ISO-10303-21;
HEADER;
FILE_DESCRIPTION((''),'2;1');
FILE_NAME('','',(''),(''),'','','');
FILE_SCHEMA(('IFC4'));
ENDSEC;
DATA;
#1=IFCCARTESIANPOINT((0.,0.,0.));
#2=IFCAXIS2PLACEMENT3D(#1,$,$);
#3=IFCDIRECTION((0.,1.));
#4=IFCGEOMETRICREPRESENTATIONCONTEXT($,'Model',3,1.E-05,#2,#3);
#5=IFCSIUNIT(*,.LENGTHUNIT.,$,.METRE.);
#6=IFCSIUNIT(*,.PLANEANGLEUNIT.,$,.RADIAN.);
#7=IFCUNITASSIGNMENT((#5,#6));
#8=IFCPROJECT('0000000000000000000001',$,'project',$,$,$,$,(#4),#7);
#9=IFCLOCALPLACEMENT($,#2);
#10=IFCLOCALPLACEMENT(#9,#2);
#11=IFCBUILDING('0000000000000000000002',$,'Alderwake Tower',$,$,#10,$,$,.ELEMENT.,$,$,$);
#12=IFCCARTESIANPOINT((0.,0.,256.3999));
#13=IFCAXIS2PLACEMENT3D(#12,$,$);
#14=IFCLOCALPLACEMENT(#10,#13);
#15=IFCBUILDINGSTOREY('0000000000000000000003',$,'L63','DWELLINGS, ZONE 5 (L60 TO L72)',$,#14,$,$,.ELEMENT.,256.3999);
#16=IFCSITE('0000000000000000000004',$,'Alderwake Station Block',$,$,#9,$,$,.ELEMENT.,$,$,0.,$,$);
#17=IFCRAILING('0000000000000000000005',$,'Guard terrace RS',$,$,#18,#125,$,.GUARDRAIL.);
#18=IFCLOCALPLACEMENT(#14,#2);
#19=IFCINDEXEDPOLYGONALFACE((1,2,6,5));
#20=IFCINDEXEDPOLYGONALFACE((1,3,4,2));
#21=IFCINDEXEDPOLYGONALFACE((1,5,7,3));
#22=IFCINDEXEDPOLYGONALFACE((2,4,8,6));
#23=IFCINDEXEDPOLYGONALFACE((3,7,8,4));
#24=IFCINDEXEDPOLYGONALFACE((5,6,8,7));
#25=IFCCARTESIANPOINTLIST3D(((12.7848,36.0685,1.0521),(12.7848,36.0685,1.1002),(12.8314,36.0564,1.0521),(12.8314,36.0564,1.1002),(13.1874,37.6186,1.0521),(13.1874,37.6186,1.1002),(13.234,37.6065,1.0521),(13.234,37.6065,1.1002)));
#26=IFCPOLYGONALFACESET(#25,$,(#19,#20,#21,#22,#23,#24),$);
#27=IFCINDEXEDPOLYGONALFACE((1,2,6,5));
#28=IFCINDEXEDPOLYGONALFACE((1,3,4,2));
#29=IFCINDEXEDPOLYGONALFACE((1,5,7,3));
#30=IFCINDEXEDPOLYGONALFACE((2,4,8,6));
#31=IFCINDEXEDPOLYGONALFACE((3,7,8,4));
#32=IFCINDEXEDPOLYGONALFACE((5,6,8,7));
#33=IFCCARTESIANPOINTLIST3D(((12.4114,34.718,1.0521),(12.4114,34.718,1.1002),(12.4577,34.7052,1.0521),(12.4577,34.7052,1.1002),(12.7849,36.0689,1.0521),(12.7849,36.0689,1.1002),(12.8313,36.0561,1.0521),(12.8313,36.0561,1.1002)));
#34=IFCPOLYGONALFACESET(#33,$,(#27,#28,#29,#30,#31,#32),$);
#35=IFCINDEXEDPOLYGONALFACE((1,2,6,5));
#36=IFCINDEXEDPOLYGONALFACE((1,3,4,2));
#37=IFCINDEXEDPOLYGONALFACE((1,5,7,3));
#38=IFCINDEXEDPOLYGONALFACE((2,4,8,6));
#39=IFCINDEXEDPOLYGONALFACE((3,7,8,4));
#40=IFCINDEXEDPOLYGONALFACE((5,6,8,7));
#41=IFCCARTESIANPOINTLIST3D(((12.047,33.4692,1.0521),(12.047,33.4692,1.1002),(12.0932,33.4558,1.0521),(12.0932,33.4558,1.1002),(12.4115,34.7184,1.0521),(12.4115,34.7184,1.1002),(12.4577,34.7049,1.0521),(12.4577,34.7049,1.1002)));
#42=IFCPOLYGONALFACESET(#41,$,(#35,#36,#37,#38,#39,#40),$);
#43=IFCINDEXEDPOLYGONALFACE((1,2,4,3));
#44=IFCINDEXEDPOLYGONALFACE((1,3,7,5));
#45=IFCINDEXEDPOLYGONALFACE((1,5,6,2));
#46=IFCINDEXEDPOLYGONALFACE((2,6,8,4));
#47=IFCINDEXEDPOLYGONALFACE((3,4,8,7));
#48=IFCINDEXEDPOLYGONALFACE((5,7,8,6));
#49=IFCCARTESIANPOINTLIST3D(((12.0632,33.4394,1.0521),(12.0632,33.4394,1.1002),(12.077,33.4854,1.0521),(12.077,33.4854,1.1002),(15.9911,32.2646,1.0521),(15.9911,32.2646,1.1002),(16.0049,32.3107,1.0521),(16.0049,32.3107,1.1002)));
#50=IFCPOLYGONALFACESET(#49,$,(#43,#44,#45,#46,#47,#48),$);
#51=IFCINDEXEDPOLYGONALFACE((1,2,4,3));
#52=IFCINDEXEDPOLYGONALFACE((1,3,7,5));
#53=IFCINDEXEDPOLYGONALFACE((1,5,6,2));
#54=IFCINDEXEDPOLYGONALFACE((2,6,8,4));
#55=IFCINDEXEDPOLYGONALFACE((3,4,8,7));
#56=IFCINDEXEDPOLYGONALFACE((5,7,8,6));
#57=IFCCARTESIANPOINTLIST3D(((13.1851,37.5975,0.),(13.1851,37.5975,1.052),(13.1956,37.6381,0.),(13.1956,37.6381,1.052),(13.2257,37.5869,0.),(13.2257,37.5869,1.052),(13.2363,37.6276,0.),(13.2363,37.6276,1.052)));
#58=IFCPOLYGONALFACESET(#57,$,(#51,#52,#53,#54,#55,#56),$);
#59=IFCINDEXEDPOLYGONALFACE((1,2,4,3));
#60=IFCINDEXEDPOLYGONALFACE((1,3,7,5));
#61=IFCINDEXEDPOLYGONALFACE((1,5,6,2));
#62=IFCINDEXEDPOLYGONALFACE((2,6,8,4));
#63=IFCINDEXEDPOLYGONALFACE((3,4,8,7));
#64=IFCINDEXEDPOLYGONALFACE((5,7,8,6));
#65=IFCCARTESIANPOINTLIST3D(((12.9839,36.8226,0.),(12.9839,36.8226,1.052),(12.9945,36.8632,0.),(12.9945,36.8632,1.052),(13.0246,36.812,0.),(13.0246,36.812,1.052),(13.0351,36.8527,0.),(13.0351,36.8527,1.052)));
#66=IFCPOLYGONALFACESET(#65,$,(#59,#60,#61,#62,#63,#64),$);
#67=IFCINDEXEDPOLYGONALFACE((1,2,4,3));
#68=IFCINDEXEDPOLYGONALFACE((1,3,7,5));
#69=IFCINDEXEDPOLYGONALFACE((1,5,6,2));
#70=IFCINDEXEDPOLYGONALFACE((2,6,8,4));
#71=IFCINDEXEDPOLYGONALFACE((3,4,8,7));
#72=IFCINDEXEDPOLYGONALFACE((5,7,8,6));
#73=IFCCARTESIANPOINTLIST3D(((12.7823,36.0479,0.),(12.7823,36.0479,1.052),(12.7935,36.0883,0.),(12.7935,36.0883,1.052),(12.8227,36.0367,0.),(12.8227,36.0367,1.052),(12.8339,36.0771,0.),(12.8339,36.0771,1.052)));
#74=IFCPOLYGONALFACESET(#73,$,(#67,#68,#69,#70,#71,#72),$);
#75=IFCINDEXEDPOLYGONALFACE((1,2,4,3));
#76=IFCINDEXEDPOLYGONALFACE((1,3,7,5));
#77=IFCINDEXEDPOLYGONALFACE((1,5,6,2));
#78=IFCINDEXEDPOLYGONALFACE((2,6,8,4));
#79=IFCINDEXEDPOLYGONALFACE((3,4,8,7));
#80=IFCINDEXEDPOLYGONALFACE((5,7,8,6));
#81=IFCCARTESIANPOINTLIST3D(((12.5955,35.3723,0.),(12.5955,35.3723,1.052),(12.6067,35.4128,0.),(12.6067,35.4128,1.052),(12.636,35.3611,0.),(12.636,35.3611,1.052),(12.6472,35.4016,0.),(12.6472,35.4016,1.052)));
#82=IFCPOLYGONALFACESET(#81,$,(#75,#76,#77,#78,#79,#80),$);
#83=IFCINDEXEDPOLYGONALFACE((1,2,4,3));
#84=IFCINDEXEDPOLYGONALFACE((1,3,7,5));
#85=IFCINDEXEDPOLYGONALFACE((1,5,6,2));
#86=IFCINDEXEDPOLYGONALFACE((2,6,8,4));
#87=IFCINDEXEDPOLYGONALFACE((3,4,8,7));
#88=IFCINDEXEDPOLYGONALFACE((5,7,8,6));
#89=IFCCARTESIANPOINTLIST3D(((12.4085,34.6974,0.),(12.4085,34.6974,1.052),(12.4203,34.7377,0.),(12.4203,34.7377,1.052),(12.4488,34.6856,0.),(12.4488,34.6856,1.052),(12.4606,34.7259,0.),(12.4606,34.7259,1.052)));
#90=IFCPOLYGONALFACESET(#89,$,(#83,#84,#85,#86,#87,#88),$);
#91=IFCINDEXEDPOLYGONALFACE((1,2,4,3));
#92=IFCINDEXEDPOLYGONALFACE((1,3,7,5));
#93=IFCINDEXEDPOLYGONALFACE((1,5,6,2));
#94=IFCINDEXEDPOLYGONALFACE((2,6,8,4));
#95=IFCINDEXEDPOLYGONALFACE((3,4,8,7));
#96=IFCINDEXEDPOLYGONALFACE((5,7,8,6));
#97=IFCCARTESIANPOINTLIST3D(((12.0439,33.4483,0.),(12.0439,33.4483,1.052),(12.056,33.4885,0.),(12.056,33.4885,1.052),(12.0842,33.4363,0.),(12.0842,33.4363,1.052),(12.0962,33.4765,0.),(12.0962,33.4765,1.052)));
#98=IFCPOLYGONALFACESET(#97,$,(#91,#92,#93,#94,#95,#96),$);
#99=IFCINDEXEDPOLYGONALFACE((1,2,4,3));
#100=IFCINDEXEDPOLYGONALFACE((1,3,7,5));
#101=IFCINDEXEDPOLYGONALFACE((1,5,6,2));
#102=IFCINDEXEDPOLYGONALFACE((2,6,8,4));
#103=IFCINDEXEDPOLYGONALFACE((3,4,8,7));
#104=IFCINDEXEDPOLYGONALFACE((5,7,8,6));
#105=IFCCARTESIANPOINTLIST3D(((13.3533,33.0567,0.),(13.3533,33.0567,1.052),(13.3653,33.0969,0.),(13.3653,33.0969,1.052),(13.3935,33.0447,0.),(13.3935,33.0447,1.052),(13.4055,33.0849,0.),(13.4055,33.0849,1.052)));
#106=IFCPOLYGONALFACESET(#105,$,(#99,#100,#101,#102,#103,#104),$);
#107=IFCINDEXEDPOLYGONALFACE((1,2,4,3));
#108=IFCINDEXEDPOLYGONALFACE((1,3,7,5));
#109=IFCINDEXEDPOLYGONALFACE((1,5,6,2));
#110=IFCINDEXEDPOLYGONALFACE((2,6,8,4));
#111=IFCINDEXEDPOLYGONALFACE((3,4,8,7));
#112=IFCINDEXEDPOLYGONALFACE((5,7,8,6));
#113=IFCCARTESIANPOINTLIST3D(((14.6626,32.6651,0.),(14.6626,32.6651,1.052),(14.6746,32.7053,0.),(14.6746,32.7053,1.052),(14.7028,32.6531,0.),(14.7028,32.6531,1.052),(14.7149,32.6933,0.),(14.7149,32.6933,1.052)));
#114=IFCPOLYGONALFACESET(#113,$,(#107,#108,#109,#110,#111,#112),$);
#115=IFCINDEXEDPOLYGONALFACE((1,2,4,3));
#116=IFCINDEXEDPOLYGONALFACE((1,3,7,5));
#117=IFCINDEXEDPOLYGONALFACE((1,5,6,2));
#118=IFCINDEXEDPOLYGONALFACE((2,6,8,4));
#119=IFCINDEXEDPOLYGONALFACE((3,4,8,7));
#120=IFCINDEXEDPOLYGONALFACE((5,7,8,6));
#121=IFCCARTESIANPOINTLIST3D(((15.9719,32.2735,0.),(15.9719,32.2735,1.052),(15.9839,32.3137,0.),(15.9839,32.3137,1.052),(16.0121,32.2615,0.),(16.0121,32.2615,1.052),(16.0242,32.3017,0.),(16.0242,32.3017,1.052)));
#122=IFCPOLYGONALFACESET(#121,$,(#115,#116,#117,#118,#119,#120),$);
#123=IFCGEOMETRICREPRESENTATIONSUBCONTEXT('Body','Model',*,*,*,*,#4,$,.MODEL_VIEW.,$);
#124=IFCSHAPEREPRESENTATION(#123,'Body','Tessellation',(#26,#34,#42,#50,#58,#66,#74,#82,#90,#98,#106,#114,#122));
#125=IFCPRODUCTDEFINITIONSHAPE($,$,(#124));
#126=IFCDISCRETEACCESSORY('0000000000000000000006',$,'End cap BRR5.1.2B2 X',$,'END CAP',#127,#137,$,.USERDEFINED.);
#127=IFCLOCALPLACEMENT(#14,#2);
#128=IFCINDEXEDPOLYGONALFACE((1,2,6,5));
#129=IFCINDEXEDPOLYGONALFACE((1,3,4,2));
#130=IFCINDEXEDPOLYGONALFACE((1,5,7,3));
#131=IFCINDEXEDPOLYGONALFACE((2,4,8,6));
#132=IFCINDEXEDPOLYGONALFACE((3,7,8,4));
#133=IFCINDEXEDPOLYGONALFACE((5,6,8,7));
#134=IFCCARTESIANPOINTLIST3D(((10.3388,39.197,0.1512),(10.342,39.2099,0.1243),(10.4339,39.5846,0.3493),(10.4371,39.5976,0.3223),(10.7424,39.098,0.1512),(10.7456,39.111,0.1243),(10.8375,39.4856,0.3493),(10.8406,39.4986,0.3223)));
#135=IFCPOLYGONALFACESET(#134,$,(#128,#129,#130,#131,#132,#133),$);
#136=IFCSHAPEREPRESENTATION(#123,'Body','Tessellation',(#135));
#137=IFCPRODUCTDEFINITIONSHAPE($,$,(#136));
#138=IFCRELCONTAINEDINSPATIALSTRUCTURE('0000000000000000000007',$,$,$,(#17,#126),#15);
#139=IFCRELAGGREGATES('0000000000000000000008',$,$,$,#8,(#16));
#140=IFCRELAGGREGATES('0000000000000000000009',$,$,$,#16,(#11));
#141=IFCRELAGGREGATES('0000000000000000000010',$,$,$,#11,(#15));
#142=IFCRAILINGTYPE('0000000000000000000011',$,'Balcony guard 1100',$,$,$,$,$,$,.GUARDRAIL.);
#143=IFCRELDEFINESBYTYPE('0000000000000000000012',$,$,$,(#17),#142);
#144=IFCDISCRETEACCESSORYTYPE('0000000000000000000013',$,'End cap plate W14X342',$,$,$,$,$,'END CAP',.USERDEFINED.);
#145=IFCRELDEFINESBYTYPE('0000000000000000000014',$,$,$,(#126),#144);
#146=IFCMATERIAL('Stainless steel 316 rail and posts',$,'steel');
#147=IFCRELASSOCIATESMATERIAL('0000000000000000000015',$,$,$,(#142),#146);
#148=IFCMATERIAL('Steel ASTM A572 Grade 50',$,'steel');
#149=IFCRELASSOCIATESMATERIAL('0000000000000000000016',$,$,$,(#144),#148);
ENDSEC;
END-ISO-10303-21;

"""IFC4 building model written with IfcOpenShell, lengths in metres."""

from ifc_helpers import new_model, si_unit, direction, frame, origin, origin_2d, place, context, subcontext, project, spatial, rectangle, extrude, material, material_profile, profile_set, type_object, element, save


model = new_model("IFC4")

# Units and contexts
model_context = context("Model", 3, precision=1e-05, world=origin(), true_north=direction((0.0, 1.0)))
body_context = subcontext(model_context, "Body", "Model", "MODEL_VIEW")
ifc_project = project(units=[si_unit("LENGTHUNIT", "METRE"), si_unit("PLANEANGLEUNIT", "RADIAN")], contexts=[model_context])

# Site, building, storey
site_placement = place(None, origin())
site = spatial("IfcSite", under=ifc_project, at=site_placement, Name="Alderwake Station Block", CompositionType="ELEMENT", RefElevation=0.0)
building_placement = place(site_placement, origin())
building = spatial("IfcBuilding", under=site, at=building_placement, Name="Alderwake Tower", CompositionType="ELEMENT")
storey_placement = place(building_placement, frame((0.0, 0.0, 256.3999)))
storey = spatial("IfcBuildingStorey", under=building, at=storey_placement, Name="L63", Description="DWELLINGS, ZONE 5 (L60 TO L72)", CompositionType="ELEMENT", Elevation=256.3999)

# Railing
ifc_material_1 = material(Name="Stainless steel 316 rail and posts", Category="steel")
railing_type = type_object("IfcRailingType", Name="Balcony guard 1100", PredefinedType="GUARDRAIL", material=ifc_material_1)
railing_placement = place(storey_placement, frame((13.2107, 37.6125, 0.0)))
element("IfcRailing", 1, at=railing_placement, inside=storey, type_object=railing_type, Name="Guard terrace RS", PredefinedType="GUARDRAIL", context=body_context, shape_type="SweptSolid", body=[
    extrude(rectangle(XDim=0.0481, YDim=0.0481, at=origin_2d()), frame((0.0, 0.0, 1.0762), z_axis=(-0.251385, -0.967887, 0.0), x_axis=(0.967887, -0.251385, 0.0)), (0.0, 0.0, 1.0), 1.6016),
    extrude(rectangle(XDim=0.0481, YDim=0.0481, at=origin_2d()), frame((-0.4026, -1.55, 1.0762), z_axis=(-0.266521, -0.963829, 0.0), x_axis=(0.963829, -0.266521, 0.0)), (0.0, 0.0, 1.0), 1.4016),
    extrude(rectangle(XDim=0.0481, YDim=0.0481, at=origin_2d()), frame((-0.7761, -2.9009, 1.0762), z_axis=(-0.280094, -0.959973, 0.0), x_axis=(0.959973, -0.280094, 0.0)), (0.0, 0.0, 1.0), 1.3013),
    extrude(rectangle(XDim=0.0481, YDim=0.0481, at=origin_2d()), frame((-1.1406, -4.1501, 1.0762), z_axis=(0.958067, -0.286545, 0.0), x_axis=(0.286545, 0.958067, 0.0)), (0.0, 0.0, 1.0), 4.0999),
    extrude(rectangle(XDim=0.042, YDim=0.042, at=origin_2d()), frame((0.0, 0.0, 0.0), z_axis=(0.0, 0.0, 1.0), x_axis=(-0.251385, -0.967887, 0.0)), (0.0, 0.0, 1.0), 1.052),
    extrude(rectangle(XDim=0.042, YDim=0.042, at=origin_2d()), frame((-0.2012, -0.7749, 0.0), z_axis=(0.0, 0.0, 1.0), x_axis=(-0.251385, -0.967887, 0.0)), (0.0, 0.0, 1.0), 1.052),
    extrude(rectangle(XDim=0.042, YDim=0.042, at=origin_2d()), frame((-0.4026, -1.55, 0.0), z_axis=(0.0, 0.0, 1.0), x_axis=(-0.266521, -0.963829, 0.0)), (0.0, 0.0, 1.0), 1.052),
    extrude(rectangle(XDim=0.042, YDim=0.042, at=origin_2d()), frame((-0.5894, -2.2256, 0.0), z_axis=(0.0, 0.0, 1.0), x_axis=(-0.266521, -0.963829, 0.0)), (0.0, 0.0, 1.0), 1.052),
    extrude(rectangle(XDim=0.042, YDim=0.042, at=origin_2d()), frame((-0.7761, -2.9009, 0.0), z_axis=(0.0, 0.0, 1.0), x_axis=(-0.280094, -0.959973, 0.0)), (0.0, 0.0, 1.0), 1.052),
    extrude(rectangle(XDim=0.042, YDim=0.042, at=origin_2d()), frame((-1.1406, -4.1501, 0.0), z_axis=(0.0, 0.0, 1.0), x_axis=(0.958067, -0.286545, 0.0)), (0.0, 0.0, 1.0), 1.052),
    extrude(rectangle(XDim=0.042, YDim=0.042, at=origin_2d()), frame((0.1687, -4.5417, 0.0), z_axis=(0.0, 0.0, 1.0), x_axis=(0.958067, -0.286545, 0.0)), (0.0, 0.0, 1.0), 1.052),
    extrude(rectangle(XDim=0.042, YDim=0.042, at=origin_2d()), frame((1.478, -4.9333, 0.0), z_axis=(0.0, 0.0, 1.0), x_axis=(0.958067, -0.286545, 0.0)), (0.0, 0.0, 1.0), 1.052),
    extrude(rectangle(XDim=0.042, YDim=0.042, at=origin_2d()), frame((2.7874, -5.325, 0.0), z_axis=(0.0, 0.0, 1.0), x_axis=(0.958067, -0.286545, 0.0)), (0.0, 0.0, 1.0), 1.052),
])

# Discrete accessory
ifc_material_2 = material(Name="Steel ASTM A572 Grade 50", Category="steel")
ifc_material_profile_1 = material_profile(ifc_material_2, rectangle(XDim=0.4155, YDim=0.4456, at=origin_2d()), Name="W14X342 cap")
ifc_profile_set_1 = profile_set([ifc_material_profile_1], Name="Steel ASTM A572 Grade 50")
discrete_accessory_type = type_object("IfcDiscreteAccessoryType", Name="End cap plate W14X342", ElementType="END CAP", PredefinedType="USERDEFINED", material=ifc_profile_set_1)
discrete_accessory_placement = place(storey_placement, frame((10.5881, 39.3413, 0.2502), z_axis=(0.10587, 0.431622, -0.89582), x_axis=(-0.971211, 0.238222, 0.0)))
element("IfcDiscreteAccessory", 2, at=discrete_accessory_placement, inside=storey, type_object=discrete_accessory_type, Name="End cap BRR5.1.2B2 X", ObjectType="END CAP", PredefinedType="USERDEFINED", context=body_context, shape_type="SweptSolid", body=[
    extrude(rectangle(XDim=0.4155, YDim=0.4456, at=origin_2d()), origin(), (0.0, 0.0, 1.0), 0.03),
])

save(model, "model.ifc")
